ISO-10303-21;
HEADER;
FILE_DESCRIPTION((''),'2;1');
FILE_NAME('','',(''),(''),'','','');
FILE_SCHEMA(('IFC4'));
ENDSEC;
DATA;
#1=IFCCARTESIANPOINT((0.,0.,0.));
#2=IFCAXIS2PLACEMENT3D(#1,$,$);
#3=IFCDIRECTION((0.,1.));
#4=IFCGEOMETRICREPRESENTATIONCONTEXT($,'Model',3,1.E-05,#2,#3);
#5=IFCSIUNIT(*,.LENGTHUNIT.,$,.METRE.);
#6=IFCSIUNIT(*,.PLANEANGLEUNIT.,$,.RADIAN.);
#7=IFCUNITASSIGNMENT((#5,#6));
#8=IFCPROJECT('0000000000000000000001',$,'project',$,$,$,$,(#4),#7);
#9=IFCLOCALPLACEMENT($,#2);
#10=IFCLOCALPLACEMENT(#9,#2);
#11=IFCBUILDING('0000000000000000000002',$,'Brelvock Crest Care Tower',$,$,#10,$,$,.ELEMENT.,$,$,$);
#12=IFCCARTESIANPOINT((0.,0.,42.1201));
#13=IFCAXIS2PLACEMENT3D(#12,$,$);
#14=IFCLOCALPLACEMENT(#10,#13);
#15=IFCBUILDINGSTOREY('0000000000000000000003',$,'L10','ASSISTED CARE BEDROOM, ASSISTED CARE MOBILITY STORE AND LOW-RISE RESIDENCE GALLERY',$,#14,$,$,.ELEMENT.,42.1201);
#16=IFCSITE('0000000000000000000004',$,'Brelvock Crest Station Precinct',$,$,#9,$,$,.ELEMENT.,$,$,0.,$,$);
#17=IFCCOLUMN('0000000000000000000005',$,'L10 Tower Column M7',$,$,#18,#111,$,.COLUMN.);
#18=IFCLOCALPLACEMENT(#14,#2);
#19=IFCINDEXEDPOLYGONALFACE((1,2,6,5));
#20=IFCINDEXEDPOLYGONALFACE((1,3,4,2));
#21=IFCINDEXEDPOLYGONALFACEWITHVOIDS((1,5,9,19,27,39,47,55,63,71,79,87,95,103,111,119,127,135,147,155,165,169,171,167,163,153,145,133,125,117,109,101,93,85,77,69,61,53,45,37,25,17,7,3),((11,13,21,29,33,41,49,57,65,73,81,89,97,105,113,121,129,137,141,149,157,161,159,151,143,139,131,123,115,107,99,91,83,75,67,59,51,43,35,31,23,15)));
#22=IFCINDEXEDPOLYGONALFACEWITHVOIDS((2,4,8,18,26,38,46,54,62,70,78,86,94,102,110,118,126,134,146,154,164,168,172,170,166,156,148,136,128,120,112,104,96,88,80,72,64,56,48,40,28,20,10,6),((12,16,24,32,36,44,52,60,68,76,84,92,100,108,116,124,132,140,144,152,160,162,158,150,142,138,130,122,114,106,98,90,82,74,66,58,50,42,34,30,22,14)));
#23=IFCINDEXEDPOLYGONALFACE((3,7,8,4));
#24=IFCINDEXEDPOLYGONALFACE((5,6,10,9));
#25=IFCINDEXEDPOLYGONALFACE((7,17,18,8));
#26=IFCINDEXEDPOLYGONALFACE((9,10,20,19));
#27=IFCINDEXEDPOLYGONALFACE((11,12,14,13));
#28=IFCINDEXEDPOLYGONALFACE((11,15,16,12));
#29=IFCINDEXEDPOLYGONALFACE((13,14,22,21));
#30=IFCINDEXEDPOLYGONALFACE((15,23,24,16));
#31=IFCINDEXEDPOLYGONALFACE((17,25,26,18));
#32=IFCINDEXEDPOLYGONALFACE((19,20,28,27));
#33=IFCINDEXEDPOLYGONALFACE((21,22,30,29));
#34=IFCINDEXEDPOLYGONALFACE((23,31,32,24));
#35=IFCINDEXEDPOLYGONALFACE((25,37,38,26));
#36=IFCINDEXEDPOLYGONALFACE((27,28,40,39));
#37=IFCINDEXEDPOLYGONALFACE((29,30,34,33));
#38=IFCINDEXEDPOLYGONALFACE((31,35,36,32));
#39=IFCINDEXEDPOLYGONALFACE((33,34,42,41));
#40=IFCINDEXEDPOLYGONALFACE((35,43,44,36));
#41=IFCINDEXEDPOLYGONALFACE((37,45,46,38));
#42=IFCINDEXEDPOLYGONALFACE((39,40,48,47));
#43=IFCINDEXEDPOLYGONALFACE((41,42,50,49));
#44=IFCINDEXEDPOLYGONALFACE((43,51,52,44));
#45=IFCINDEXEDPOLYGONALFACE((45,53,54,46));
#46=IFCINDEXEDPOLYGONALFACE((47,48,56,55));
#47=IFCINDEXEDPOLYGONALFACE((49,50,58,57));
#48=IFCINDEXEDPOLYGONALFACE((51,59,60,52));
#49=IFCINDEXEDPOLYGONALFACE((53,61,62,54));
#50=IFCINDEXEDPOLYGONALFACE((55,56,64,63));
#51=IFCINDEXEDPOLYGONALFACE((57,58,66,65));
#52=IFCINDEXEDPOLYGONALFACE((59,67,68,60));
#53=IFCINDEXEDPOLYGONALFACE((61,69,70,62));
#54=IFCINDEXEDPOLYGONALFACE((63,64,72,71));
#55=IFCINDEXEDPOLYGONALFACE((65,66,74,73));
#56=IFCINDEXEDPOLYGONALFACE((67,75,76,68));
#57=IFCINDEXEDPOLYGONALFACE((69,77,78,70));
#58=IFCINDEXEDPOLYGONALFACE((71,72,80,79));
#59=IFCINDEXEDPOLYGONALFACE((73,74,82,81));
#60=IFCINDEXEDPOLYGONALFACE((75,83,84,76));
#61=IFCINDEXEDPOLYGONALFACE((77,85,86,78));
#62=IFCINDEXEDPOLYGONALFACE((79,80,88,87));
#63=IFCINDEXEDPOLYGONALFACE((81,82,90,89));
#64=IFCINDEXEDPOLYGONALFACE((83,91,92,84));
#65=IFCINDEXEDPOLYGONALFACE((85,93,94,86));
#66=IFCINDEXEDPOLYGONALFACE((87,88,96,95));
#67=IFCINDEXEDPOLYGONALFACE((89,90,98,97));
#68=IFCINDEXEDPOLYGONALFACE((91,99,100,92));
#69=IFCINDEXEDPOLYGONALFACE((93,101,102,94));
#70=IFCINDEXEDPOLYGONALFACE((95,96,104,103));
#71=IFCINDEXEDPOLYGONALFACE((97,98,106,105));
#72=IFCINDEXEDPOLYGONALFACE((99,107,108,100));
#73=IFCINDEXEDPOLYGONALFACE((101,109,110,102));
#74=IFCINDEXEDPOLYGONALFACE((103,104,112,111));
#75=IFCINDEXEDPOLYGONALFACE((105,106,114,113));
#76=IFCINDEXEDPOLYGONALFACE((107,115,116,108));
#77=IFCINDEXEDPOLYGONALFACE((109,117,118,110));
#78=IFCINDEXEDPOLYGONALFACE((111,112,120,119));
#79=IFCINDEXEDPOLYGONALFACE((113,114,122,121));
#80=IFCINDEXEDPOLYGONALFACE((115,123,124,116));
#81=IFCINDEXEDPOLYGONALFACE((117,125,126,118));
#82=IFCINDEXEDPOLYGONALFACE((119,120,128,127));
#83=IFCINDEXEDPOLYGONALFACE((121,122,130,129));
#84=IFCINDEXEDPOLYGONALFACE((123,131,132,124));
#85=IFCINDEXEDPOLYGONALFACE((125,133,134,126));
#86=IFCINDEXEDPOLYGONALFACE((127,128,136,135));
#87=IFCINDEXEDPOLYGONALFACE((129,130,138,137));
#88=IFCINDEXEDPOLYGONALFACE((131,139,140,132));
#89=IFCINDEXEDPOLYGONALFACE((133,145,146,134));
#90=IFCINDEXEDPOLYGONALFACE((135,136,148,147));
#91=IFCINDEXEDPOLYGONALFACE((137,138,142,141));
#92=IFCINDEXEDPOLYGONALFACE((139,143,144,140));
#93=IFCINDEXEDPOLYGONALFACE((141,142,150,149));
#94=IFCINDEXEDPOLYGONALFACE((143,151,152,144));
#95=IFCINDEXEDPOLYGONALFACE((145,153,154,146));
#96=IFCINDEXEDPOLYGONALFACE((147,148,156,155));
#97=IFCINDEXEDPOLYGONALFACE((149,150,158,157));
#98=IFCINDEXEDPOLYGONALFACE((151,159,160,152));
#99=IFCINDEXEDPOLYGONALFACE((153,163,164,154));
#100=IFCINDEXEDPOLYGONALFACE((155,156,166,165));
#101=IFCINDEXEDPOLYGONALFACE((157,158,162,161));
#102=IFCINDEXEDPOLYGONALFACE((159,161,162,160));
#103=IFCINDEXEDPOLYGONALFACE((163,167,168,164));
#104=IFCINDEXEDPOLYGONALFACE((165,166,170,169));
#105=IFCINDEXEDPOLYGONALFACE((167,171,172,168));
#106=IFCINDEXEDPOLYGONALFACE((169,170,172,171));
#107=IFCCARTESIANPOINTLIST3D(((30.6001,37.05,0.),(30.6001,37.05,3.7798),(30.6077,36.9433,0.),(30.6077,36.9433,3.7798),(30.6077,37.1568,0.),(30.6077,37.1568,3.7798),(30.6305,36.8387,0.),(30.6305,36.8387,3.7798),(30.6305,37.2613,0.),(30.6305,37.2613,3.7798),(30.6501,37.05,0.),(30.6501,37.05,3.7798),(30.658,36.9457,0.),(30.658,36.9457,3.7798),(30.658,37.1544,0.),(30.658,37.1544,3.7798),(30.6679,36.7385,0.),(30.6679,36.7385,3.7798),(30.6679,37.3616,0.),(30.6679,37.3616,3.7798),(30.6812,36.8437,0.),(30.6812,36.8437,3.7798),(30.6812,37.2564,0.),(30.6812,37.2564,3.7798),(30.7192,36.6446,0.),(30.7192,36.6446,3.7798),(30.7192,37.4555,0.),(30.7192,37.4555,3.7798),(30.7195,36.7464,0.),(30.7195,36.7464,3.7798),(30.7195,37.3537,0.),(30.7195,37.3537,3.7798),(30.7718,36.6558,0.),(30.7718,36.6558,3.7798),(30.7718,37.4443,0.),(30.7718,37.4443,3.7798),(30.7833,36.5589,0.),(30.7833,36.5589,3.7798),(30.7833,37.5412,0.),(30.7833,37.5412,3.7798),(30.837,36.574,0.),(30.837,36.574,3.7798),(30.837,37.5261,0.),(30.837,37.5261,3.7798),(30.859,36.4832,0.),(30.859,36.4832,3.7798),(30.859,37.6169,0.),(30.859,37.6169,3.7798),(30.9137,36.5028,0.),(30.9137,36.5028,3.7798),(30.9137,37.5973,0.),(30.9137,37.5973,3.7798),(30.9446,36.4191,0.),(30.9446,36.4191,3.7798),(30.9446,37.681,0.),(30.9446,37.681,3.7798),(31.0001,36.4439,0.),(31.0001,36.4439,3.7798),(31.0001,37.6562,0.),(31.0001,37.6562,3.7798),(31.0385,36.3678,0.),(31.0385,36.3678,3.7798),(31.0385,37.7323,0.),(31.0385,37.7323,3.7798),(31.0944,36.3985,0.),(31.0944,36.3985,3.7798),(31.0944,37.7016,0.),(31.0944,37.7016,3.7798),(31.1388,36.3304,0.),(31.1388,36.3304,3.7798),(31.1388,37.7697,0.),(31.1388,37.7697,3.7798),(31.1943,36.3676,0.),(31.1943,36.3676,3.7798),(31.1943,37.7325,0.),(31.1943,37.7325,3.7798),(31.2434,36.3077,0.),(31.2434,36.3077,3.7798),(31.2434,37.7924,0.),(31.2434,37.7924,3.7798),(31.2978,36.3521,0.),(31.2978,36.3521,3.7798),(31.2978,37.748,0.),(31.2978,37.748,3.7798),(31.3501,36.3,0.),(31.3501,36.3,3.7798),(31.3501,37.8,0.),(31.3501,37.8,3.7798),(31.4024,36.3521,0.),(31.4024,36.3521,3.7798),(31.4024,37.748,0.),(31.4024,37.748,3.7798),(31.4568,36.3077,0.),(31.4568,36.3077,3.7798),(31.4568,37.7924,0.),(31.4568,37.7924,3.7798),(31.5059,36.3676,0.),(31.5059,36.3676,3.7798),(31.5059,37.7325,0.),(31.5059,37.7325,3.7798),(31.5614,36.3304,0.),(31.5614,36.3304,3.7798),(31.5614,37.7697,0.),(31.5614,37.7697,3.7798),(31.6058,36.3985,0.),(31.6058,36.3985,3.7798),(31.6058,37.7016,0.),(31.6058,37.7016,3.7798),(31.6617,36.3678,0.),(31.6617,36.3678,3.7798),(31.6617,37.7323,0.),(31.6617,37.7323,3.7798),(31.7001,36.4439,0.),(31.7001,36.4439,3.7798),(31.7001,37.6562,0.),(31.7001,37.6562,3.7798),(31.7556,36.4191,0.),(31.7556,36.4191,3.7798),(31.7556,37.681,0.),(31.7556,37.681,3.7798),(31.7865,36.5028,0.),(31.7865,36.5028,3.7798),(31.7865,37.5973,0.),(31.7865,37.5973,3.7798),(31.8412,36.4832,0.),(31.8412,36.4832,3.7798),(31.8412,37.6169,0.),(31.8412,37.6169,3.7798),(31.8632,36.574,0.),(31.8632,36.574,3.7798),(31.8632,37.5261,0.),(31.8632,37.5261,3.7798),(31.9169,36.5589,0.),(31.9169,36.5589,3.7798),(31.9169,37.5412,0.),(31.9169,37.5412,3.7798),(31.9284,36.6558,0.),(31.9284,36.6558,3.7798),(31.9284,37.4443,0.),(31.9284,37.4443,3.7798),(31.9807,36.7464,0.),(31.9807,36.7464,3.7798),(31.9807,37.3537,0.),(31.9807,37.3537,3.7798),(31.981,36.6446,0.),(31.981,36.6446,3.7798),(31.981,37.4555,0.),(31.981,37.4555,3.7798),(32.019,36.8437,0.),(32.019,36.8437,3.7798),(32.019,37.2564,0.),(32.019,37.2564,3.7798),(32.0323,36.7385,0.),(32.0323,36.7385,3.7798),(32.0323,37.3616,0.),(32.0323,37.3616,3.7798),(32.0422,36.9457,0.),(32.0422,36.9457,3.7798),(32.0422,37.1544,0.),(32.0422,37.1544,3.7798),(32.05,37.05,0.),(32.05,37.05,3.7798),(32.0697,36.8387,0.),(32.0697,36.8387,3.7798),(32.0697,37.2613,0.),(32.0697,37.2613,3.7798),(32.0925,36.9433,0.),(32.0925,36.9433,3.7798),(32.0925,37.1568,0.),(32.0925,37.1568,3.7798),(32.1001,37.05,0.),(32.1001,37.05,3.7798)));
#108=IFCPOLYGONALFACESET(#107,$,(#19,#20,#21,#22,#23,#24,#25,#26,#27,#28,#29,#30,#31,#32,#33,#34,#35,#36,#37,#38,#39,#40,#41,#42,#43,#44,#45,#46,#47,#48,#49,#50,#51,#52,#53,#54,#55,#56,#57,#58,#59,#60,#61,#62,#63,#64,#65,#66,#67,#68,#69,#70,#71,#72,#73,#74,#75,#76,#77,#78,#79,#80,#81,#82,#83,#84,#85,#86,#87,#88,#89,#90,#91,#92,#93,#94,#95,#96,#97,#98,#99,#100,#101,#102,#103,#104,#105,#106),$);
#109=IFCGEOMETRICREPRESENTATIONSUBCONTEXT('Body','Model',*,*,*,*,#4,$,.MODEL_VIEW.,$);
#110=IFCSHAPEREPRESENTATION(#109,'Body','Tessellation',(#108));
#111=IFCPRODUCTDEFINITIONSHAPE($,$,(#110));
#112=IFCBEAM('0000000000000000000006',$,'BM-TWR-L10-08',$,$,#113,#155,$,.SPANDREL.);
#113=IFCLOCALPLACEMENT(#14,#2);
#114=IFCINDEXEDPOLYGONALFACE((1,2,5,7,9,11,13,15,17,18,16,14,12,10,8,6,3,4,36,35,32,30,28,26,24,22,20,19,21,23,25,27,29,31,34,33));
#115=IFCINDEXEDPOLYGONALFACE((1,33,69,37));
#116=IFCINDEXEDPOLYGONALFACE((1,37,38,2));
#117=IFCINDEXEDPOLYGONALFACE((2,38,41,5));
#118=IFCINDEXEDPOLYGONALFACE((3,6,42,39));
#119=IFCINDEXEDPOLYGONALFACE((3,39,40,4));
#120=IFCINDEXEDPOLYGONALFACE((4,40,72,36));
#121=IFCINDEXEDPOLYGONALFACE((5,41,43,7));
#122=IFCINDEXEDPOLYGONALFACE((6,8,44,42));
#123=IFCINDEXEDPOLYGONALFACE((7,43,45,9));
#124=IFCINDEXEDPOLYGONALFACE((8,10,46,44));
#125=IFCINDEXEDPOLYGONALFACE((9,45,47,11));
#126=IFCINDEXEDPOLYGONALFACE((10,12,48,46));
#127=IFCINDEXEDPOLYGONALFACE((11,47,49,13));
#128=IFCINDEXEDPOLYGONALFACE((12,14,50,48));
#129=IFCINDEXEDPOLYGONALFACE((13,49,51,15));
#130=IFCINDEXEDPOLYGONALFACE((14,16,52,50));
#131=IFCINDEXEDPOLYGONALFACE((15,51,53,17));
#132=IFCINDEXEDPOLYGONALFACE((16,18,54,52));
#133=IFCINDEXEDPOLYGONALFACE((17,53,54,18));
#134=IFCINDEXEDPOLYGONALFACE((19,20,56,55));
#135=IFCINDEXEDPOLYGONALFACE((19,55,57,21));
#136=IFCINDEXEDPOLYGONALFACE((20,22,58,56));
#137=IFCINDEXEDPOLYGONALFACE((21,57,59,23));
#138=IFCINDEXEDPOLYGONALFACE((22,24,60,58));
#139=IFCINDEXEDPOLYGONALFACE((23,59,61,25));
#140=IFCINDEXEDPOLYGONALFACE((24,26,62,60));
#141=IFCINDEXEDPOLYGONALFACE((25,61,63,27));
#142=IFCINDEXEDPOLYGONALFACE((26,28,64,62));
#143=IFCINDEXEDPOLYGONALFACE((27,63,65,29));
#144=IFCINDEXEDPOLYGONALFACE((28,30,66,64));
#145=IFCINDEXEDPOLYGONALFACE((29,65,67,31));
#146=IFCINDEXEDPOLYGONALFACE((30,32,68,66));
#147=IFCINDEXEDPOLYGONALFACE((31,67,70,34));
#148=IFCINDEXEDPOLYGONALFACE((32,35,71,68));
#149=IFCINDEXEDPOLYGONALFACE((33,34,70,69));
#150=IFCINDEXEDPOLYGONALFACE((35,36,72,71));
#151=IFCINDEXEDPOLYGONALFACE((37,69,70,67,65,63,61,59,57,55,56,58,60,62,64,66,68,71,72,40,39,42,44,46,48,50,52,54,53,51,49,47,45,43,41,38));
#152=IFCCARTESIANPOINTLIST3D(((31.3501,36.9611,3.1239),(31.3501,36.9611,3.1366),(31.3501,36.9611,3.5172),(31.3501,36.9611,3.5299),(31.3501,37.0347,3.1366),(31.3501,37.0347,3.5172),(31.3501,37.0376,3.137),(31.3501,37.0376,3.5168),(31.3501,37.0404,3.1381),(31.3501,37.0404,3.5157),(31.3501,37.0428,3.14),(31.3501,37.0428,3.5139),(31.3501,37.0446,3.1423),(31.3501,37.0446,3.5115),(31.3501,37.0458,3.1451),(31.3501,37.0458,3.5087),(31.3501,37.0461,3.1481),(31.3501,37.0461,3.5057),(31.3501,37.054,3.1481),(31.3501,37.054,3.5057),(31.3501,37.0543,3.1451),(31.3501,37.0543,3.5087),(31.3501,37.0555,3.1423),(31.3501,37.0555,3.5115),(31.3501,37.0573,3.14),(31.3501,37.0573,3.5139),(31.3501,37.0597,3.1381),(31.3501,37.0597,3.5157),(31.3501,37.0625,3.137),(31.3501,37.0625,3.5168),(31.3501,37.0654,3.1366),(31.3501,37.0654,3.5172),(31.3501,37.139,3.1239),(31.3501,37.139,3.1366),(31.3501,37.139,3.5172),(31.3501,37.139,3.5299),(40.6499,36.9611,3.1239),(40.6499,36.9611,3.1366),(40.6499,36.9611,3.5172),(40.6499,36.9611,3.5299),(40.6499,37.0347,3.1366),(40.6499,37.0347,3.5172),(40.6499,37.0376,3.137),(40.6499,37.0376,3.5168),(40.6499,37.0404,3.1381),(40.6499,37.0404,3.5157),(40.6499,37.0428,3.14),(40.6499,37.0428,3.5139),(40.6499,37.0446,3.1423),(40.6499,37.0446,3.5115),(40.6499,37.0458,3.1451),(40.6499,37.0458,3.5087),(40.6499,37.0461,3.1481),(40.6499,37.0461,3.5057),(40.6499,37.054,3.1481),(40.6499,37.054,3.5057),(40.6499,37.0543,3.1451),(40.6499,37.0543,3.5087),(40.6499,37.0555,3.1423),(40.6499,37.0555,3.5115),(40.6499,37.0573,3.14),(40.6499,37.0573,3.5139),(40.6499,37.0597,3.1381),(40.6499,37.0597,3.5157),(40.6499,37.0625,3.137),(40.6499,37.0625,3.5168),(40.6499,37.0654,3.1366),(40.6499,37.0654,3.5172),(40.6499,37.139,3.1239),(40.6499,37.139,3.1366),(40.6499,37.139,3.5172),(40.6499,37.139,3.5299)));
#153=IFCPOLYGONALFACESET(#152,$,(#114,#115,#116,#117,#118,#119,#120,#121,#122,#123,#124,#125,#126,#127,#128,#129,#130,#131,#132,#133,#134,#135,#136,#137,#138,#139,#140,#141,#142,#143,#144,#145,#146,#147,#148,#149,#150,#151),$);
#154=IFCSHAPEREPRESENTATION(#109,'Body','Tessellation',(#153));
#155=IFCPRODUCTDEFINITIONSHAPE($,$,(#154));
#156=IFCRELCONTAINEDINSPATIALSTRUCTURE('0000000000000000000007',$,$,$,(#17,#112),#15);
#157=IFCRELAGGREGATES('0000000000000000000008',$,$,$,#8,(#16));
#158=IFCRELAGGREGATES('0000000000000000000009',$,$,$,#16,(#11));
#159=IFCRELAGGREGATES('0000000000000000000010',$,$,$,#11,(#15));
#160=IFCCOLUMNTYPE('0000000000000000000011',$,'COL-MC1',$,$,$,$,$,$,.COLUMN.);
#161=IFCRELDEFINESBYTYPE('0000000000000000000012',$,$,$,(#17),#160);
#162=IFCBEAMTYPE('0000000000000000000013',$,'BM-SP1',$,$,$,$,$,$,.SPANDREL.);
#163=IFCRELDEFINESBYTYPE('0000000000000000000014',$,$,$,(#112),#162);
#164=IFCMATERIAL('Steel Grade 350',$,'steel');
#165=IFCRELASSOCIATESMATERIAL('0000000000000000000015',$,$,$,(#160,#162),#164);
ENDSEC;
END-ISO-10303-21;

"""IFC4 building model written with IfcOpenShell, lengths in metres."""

from ifc_helpers import new_model, si_unit, direction, frame, origin, origin_2d, place, context, subcontext, project, spatial, hollow_circle, i_section, extrude, source, transform, mapped, material, material_profile, profile_set, type_object, element, save


model = new_model("IFC4")

# Units and contexts
model_context = context("Model", 3, precision=1e-05, world=origin(), true_north=direction((0.0, 1.0)))
body_context = subcontext(model_context, "Body", "Model", "MODEL_VIEW")
ifc_project = project(units=[si_unit("LENGTHUNIT", "METRE"), si_unit("PLANEANGLEUNIT", "RADIAN")], contexts=[model_context])

# Site, building, storey
site_placement = place(None, origin())
site = spatial("IfcSite", under=ifc_project, at=site_placement, Name="Brelvock Crest Station Precinct", CompositionType="ELEMENT", RefElevation=0.0)
building_placement = place(site_placement, origin())
building = spatial("IfcBuilding", under=site, at=building_placement, Name="Brelvock Crest Care Tower", CompositionType="ELEMENT")
storey_placement = place(building_placement, frame((0.0, 0.0, 42.1201)))
storey = spatial("IfcBuildingStorey", under=building, at=storey_placement, Name="L10", Description="ASSISTED CARE BEDROOM, ASSISTED CARE MOBILITY STORE AND LOW-RISE RESIDENCE GALLERY", CompositionType="ELEMENT", Elevation=42.1201)

# Column
ifc_material_1 = material(Name="Steel Grade 350", Category="steel")
ifc_material_profile_1 = material_profile(ifc_material_1, hollow_circle(Radius=0.75, WallThickness=0.05, at=origin_2d()), Name="CFT1500x50")
ifc_profile_set_1 = profile_set([ifc_material_profile_1], Name="Steel Grade 350")
column_type = type_object("IfcColumnType", Name="COL-MC1", PredefinedType="COLUMN", material=ifc_profile_set_1)
shared_shape_1 = source(origin(), body_context, "Body", "SweptSolid", [
    extrude(hollow_circle(Radius=0.75, WallThickness=0.05, at=origin_2d()), origin(), (0.0, 0.0, 1.0), 3.7798),
])
column_placement = place(storey_placement, frame((31.3501, 37.05, 0.0), z_axis=(0.0, 0.0, 1.0), x_axis=(1.0, 0.0, 0.0)))
element("IfcColumn", 1, at=column_placement, inside=storey, type_object=column_type, Name="L10 Tower Column M7", PredefinedType="COLUMN", context=body_context, shape_type="MappedRepresentation", body=[
    mapped(shared_shape_1, transform((0.0, 0.0, 0.0), x_axis=(1.0, 0.0, 0.0), y_axis=(0.0, 1.0, 0.0), z_axis=(0.0, 0.0, 1.0), scale=1.0)),
])

# Beam
ifc_material_profile_2 = material_profile(ifc_material_1, i_section(OverallWidth=0.178, OverallDepth=0.406, WebThickness=0.0078, FlangeThickness=0.0127, FilletRadius=0.0115, at=origin_2d()), Name="410UB59.7")
ifc_profile_set_2 = profile_set([ifc_material_profile_2], Name="Steel Grade 350")
beam_type_1 = type_object("IfcBeamType", Name="BM-SP1", PredefinedType="SPANDREL", material=ifc_profile_set_2)
shared_shape_2 = source(origin(), body_context, "Body", "SweptSolid", [
    extrude(i_section(OverallWidth=0.178, OverallDepth=0.406, WebThickness=0.0078, FlangeThickness=0.0127, FilletRadius=0.0115, at=origin_2d()), origin(), (0.0, 0.0, 1.0), 9.2998),
])
beam_placement = place(storey_placement, frame((31.3501, 37.05, 3.3269), z_axis=(1.0, 0.0, 0.0), x_axis=(0.0, 1.0, 0.0)))
element("IfcBeam", 2, at=beam_placement, inside=storey, type_object=beam_type_1, Name="BM-TWR-L10-08", PredefinedType="SPANDREL", context=body_context, shape_type="MappedRepresentation", body=[
    mapped(shared_shape_2, transform((0.0, 0.0, 0.0), x_axis=(1.0, 0.0, 0.0), y_axis=(0.0, 1.0, 0.0), z_axis=(0.0, 0.0, 1.0), scale=1.0)),
])

save(model, "model.ifc")
